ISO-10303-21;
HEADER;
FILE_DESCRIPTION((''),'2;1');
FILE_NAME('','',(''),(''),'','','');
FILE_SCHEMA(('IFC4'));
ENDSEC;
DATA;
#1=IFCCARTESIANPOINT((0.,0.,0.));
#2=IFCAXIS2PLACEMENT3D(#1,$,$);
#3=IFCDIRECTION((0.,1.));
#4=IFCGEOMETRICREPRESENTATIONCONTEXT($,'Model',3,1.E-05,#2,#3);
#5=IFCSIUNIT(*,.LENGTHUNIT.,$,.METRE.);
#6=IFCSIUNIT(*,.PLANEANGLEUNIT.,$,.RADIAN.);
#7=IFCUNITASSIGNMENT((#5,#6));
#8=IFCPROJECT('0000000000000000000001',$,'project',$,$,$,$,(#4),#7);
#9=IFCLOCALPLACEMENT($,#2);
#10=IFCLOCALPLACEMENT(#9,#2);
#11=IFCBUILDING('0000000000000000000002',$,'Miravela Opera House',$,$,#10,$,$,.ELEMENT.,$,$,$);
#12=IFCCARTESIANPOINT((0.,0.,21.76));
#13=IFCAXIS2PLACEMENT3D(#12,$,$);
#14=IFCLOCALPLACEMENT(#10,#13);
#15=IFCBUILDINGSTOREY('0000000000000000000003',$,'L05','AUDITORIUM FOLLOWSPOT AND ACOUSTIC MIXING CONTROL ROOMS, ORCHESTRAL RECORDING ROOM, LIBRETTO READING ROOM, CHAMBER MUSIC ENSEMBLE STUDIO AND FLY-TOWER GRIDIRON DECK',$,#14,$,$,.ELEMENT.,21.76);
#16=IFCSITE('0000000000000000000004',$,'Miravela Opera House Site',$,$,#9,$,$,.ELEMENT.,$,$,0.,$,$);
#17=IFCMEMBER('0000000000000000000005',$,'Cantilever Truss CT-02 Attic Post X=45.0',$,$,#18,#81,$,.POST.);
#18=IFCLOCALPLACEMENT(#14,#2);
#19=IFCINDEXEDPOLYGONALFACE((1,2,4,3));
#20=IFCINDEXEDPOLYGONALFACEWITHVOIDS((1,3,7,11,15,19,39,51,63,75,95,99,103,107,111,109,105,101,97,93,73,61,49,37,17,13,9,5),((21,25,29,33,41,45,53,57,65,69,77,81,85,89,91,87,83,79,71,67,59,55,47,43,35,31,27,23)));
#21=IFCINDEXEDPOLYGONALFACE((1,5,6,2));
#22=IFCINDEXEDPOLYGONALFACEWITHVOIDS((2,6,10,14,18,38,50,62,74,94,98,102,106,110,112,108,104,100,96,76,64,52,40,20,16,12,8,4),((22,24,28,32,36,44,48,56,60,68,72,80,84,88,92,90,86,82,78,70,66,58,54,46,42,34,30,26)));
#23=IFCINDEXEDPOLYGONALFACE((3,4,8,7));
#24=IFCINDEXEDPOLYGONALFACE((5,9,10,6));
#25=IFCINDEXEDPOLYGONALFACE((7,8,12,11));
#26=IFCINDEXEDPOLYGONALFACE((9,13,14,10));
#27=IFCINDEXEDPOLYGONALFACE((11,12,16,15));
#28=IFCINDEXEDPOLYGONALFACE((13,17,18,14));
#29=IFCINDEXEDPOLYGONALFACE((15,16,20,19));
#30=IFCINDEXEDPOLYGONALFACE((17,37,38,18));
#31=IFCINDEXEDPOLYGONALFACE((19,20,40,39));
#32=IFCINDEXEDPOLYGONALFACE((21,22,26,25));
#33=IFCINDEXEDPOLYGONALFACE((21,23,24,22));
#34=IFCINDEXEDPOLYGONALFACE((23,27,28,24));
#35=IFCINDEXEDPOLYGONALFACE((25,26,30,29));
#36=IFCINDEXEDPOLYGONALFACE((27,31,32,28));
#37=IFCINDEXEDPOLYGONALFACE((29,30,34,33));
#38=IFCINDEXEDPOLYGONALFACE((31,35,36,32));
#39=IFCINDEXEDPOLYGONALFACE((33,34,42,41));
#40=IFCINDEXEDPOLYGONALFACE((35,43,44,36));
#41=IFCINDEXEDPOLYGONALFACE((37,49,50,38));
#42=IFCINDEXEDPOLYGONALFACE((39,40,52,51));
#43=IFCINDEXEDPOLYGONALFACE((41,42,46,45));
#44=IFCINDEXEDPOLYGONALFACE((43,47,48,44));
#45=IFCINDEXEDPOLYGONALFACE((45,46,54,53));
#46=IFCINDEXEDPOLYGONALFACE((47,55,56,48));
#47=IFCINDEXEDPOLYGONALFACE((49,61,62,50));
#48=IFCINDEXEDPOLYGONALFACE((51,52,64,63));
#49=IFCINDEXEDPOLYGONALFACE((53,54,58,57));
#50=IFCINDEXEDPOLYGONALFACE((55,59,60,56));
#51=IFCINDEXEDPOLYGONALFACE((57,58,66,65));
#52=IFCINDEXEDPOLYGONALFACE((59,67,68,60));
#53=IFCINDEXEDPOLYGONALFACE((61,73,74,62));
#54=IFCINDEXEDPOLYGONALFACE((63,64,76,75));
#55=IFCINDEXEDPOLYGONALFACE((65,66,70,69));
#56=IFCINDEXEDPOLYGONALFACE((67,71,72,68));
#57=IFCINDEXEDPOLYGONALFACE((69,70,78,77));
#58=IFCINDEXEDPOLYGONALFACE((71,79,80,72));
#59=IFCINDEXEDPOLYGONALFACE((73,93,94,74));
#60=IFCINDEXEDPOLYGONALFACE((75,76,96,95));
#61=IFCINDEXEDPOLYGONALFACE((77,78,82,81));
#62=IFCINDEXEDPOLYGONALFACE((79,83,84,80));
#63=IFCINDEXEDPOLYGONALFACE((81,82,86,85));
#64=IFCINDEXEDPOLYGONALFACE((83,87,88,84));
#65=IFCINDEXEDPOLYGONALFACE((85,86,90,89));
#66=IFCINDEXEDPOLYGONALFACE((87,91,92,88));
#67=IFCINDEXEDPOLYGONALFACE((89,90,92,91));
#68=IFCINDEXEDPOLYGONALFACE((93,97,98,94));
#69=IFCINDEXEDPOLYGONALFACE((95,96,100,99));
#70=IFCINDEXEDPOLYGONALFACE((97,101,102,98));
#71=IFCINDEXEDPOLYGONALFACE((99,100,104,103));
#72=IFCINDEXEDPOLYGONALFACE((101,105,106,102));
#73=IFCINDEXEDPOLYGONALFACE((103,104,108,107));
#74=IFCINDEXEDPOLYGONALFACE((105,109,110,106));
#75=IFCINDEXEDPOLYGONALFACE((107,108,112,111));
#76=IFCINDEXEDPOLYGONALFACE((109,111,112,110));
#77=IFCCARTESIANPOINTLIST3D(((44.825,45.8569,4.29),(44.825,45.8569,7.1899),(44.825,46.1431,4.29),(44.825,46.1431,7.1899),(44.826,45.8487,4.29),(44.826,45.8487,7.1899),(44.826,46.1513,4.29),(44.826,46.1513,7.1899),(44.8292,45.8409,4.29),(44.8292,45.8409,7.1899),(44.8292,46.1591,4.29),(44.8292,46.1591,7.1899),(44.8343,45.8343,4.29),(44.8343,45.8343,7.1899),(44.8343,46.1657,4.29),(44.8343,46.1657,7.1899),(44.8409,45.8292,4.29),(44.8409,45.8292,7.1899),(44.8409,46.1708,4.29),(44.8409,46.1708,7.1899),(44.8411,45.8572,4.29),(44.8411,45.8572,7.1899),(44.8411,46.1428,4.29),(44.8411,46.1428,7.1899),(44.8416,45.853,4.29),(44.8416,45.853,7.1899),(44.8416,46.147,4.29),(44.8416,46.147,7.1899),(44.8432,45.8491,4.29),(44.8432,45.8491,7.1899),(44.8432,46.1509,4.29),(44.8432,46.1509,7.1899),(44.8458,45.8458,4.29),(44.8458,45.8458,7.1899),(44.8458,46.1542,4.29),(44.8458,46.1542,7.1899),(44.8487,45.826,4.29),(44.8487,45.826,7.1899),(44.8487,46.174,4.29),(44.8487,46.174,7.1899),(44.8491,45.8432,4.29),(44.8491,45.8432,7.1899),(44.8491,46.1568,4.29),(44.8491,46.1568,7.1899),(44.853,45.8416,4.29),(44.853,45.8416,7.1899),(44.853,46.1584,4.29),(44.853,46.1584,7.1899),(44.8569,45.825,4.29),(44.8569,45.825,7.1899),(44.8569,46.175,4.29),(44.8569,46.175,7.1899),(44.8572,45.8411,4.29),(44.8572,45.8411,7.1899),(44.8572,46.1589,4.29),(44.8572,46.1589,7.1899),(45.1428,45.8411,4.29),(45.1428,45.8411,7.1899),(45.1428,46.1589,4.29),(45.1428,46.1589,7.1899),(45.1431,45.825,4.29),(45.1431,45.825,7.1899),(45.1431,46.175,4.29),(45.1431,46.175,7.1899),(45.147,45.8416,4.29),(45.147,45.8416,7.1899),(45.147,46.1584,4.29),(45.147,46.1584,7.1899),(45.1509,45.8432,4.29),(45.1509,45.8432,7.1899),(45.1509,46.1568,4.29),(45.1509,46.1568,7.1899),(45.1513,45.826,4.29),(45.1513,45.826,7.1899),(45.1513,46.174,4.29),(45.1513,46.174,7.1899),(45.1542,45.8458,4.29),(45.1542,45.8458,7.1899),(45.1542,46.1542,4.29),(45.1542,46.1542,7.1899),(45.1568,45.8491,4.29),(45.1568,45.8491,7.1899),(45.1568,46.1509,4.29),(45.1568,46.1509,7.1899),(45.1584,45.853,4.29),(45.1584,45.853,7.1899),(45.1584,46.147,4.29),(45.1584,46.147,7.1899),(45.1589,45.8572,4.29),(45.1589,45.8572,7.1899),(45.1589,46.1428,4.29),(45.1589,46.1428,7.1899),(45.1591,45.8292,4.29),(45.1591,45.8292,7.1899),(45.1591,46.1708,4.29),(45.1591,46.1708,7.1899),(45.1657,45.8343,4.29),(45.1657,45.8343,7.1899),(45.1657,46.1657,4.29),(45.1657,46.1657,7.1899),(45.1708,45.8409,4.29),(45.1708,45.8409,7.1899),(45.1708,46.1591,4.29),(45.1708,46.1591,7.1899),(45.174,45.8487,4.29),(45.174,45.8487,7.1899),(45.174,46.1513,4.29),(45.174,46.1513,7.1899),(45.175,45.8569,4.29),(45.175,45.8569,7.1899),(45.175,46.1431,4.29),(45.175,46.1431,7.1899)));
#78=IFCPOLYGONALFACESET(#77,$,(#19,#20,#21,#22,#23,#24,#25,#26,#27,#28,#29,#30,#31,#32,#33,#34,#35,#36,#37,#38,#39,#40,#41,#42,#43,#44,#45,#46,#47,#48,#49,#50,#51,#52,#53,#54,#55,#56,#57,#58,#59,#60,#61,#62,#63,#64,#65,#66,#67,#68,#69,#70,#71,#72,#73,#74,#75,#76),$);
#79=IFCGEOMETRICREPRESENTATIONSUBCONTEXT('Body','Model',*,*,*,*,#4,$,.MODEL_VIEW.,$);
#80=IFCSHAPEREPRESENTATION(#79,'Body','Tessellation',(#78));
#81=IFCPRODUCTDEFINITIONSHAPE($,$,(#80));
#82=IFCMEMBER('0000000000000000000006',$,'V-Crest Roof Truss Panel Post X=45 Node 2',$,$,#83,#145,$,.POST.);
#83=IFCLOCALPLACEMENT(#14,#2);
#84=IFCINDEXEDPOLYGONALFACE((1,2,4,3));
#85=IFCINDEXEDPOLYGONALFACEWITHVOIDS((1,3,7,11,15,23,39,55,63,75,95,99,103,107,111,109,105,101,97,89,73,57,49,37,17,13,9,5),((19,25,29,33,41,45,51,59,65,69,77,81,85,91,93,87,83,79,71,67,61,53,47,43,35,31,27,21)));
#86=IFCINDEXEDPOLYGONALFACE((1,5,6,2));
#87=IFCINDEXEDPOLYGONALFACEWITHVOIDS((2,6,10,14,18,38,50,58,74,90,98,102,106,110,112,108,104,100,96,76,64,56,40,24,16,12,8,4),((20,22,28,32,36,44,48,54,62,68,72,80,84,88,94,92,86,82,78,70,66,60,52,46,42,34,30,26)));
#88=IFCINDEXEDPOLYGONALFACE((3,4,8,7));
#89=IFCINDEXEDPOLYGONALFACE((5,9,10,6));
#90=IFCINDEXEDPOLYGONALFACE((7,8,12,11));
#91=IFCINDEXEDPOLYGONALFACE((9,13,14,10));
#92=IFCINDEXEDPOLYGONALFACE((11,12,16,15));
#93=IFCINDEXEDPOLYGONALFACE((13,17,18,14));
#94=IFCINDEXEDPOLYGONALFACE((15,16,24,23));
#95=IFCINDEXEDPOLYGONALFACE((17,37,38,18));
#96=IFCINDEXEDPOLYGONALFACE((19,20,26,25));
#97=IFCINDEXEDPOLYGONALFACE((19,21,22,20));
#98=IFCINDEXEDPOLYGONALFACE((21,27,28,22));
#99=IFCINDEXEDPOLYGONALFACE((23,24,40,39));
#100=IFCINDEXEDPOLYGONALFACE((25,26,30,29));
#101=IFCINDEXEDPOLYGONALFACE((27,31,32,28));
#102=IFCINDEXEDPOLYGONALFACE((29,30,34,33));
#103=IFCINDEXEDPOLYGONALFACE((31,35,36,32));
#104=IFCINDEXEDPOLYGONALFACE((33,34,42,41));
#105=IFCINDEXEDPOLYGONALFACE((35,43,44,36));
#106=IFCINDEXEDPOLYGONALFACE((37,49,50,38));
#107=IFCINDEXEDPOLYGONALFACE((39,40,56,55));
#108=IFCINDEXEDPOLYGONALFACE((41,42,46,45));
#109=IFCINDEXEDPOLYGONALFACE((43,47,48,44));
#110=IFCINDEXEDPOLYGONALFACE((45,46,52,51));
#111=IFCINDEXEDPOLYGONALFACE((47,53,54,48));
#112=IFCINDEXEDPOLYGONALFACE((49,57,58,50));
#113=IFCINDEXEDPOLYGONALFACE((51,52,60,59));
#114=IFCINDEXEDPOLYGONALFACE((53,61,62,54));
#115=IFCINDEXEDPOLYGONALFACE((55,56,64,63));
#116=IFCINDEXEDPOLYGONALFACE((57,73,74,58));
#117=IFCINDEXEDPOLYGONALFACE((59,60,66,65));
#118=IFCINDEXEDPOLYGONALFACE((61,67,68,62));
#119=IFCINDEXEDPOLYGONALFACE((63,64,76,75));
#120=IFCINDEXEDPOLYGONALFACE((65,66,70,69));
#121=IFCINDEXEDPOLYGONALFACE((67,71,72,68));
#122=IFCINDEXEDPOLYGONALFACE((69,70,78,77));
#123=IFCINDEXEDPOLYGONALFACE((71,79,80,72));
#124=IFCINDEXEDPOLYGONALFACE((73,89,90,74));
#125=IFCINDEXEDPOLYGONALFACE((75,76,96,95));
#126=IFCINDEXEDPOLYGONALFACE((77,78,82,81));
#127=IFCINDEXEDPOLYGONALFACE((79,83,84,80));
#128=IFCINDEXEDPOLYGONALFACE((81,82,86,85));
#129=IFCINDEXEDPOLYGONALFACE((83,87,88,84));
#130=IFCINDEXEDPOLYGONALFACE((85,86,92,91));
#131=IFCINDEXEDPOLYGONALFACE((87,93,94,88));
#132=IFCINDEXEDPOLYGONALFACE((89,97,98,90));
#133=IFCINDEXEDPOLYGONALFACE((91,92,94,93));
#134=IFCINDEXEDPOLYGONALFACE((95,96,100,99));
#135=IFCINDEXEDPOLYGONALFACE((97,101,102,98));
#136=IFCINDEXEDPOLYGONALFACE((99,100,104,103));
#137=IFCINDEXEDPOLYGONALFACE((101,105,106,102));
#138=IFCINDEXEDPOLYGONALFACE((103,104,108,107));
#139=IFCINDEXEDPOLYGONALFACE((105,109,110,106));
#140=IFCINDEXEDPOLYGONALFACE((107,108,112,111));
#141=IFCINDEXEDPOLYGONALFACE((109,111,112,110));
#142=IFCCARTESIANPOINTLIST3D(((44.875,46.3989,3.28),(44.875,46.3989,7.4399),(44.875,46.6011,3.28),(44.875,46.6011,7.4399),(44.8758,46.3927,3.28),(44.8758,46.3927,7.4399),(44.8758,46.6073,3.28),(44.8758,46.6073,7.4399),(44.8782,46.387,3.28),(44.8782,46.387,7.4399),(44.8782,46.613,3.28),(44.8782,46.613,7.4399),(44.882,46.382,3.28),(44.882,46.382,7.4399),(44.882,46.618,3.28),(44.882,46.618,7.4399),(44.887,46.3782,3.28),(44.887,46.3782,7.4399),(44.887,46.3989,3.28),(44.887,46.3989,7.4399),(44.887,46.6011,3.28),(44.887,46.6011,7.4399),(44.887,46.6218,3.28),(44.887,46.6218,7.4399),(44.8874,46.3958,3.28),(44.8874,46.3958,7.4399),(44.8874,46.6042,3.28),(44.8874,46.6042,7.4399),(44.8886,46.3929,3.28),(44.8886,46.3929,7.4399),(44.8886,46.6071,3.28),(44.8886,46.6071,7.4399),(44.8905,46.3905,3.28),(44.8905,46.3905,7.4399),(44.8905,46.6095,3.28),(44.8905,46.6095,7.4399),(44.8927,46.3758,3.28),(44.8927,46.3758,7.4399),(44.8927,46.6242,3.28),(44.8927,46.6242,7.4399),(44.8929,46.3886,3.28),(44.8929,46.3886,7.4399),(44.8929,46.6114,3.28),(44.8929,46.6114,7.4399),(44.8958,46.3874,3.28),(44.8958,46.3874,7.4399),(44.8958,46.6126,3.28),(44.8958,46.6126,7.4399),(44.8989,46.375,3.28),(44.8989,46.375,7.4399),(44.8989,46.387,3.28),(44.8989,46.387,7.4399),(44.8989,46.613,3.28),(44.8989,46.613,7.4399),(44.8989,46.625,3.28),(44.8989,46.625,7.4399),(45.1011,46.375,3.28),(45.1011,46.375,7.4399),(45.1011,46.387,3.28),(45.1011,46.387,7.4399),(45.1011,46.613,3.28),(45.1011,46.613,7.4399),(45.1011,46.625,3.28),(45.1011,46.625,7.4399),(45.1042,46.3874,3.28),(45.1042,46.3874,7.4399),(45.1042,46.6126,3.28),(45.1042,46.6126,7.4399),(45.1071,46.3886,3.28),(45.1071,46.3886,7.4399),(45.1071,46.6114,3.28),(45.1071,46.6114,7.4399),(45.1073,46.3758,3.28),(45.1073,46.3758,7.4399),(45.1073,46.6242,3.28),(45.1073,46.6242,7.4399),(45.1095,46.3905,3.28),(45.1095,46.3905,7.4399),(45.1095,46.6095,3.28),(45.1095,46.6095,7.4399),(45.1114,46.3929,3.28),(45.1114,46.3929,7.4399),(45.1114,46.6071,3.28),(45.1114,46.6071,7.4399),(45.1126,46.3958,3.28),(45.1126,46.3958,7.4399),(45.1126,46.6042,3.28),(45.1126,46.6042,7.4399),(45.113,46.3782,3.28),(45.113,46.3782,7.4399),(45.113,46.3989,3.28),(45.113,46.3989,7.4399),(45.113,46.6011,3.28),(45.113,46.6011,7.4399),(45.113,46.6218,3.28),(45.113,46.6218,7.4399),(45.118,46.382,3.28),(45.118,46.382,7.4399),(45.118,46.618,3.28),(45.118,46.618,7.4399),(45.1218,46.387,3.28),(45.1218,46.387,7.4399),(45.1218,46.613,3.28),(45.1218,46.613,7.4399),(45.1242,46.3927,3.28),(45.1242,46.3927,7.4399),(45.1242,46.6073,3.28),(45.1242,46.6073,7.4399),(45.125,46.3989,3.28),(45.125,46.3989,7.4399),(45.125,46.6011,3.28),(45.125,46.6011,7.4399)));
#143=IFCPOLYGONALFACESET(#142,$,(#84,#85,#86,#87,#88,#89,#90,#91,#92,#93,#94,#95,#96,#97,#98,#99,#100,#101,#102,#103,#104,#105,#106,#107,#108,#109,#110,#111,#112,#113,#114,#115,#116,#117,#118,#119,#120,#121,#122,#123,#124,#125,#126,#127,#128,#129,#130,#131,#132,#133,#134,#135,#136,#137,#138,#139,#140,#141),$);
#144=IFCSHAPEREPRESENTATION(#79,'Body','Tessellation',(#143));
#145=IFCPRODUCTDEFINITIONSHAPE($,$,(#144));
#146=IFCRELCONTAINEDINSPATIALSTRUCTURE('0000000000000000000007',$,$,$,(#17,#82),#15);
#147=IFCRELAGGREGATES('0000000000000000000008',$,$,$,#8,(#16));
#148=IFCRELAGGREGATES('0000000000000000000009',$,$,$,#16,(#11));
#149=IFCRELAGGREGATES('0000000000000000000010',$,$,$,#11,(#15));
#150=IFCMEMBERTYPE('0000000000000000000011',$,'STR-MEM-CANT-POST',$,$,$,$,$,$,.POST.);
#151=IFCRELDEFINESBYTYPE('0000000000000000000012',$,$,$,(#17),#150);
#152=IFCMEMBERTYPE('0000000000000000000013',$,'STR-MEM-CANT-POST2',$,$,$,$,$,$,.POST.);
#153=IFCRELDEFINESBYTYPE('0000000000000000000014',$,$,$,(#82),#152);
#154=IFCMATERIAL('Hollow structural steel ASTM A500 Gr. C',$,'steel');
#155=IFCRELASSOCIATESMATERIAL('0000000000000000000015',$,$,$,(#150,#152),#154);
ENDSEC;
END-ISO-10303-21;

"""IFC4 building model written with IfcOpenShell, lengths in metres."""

from ifc_helpers import new_model, si_unit, direction, frame, origin, origin_2d, place, context, subcontext, project, spatial, hollow_rectangle, extrude, material, material_profile, profile_set, type_object, element, save


model = new_model("IFC4")

# Units and contexts
model_context = context("Model", 3, precision=1e-05, world=origin(), true_north=direction((0.0, 1.0)))
body_context = subcontext(model_context, "Body", "Model", "MODEL_VIEW")
ifc_project = project(units=[si_unit("LENGTHUNIT", "METRE"), si_unit("PLANEANGLEUNIT", "RADIAN")], contexts=[model_context])

# Site, building, storey
site_placement = place(None, origin())
site = spatial("IfcSite", under=ifc_project, at=site_placement, Name="Miravela Opera House Site", CompositionType="ELEMENT", RefElevation=0.0)
building_placement = place(site_placement, origin())
building = spatial("IfcBuilding", under=site, at=building_placement, Name="Miravela Opera House", CompositionType="ELEMENT")
storey_placement = place(building_placement, frame((0.0, 0.0, 21.76)))
storey = spatial("IfcBuildingStorey", under=building, at=storey_placement, Name="L05", Description="AUDITORIUM FOLLOWSPOT AND ACOUSTIC MIXING CONTROL ROOMS, ORCHESTRAL RECORDING ROOM, LIBRETTO READING ROOM, CHAMBER MUSIC ENSEMBLE STUDIO AND FLY-TOWER GRIDIRON DECK", CompositionType="ELEMENT", Elevation=21.76)

# Members
ifc_material_1 = material(Name="Hollow structural steel ASTM A500 Gr. C", Category="steel")
ifc_material_profile_1 = material_profile(ifc_material_1, hollow_rectangle(XDim=0.3501, YDim=0.3501, WallThickness=0.0161, InnerFilletRadius=0.0161, OuterFilletRadius=0.032, at=origin_2d()), Name="HSS350X350X16")
ifc_profile_set_1 = profile_set([ifc_material_profile_1])
member_type_1 = type_object("IfcMemberType", Name="STR-MEM-CANT-POST", PredefinedType="POST", material=ifc_profile_set_1)
for number, where, z_axis, x_axis, name in (
    (1, (45.0, 46.0, 4.29), (0.0, 0.0, 1.0), (1.0, 0.0, 0.0), "Cantilever Truss CT-02 Attic Post X=45.0"),
):
    element("IfcMember", number, at=place(storey_placement, frame(where, z_axis=z_axis, x_axis=x_axis)), inside=storey, type_object=member_type_1, Name=name, PredefinedType="POST", context=body_context, shape_type="SweptSolid", body=[
        extrude(hollow_rectangle(XDim=0.3501, YDim=0.3501, WallThickness=0.0161, InnerFilletRadius=0.0161, OuterFilletRadius=0.032, at=origin_2d()), origin(), (0.0, 0.0, 1.0), 2.8999),
    ])
ifc_material_profile_2 = material_profile(ifc_material_1, hollow_rectangle(XDim=0.25, YDim=0.25, WallThickness=0.012, InnerFilletRadius=0.012, OuterFilletRadius=0.0239, at=origin_2d()), Name="HSS250X250X12")
ifc_profile_set_2 = profile_set([ifc_material_profile_2])
member_type_2 = type_object("IfcMemberType", Name="STR-MEM-CANT-POST2", PredefinedType="POST", material=ifc_profile_set_2)
for number, where, z_axis, x_axis, name in (
    (2, (45.0, 46.5, 3.28), (0.0, 0.0, 1.0), (1.0, 0.0, 0.0), "V-Crest Roof Truss Panel Post X=45 Node 2"),
):
    element("IfcMember", number, at=place(storey_placement, frame(where, z_axis=z_axis, x_axis=x_axis)), inside=storey, type_object=member_type_2, Name=name, PredefinedType="POST", context=body_context, shape_type="SweptSolid", body=[
        extrude(hollow_rectangle(XDim=0.25, YDim=0.25, WallThickness=0.012, InnerFilletRadius=0.012, OuterFilletRadius=0.0239, at=origin_2d()), origin(), (0.0, 0.0, 1.0), 4.1599),
    ])

save(model, "model.ifc")
